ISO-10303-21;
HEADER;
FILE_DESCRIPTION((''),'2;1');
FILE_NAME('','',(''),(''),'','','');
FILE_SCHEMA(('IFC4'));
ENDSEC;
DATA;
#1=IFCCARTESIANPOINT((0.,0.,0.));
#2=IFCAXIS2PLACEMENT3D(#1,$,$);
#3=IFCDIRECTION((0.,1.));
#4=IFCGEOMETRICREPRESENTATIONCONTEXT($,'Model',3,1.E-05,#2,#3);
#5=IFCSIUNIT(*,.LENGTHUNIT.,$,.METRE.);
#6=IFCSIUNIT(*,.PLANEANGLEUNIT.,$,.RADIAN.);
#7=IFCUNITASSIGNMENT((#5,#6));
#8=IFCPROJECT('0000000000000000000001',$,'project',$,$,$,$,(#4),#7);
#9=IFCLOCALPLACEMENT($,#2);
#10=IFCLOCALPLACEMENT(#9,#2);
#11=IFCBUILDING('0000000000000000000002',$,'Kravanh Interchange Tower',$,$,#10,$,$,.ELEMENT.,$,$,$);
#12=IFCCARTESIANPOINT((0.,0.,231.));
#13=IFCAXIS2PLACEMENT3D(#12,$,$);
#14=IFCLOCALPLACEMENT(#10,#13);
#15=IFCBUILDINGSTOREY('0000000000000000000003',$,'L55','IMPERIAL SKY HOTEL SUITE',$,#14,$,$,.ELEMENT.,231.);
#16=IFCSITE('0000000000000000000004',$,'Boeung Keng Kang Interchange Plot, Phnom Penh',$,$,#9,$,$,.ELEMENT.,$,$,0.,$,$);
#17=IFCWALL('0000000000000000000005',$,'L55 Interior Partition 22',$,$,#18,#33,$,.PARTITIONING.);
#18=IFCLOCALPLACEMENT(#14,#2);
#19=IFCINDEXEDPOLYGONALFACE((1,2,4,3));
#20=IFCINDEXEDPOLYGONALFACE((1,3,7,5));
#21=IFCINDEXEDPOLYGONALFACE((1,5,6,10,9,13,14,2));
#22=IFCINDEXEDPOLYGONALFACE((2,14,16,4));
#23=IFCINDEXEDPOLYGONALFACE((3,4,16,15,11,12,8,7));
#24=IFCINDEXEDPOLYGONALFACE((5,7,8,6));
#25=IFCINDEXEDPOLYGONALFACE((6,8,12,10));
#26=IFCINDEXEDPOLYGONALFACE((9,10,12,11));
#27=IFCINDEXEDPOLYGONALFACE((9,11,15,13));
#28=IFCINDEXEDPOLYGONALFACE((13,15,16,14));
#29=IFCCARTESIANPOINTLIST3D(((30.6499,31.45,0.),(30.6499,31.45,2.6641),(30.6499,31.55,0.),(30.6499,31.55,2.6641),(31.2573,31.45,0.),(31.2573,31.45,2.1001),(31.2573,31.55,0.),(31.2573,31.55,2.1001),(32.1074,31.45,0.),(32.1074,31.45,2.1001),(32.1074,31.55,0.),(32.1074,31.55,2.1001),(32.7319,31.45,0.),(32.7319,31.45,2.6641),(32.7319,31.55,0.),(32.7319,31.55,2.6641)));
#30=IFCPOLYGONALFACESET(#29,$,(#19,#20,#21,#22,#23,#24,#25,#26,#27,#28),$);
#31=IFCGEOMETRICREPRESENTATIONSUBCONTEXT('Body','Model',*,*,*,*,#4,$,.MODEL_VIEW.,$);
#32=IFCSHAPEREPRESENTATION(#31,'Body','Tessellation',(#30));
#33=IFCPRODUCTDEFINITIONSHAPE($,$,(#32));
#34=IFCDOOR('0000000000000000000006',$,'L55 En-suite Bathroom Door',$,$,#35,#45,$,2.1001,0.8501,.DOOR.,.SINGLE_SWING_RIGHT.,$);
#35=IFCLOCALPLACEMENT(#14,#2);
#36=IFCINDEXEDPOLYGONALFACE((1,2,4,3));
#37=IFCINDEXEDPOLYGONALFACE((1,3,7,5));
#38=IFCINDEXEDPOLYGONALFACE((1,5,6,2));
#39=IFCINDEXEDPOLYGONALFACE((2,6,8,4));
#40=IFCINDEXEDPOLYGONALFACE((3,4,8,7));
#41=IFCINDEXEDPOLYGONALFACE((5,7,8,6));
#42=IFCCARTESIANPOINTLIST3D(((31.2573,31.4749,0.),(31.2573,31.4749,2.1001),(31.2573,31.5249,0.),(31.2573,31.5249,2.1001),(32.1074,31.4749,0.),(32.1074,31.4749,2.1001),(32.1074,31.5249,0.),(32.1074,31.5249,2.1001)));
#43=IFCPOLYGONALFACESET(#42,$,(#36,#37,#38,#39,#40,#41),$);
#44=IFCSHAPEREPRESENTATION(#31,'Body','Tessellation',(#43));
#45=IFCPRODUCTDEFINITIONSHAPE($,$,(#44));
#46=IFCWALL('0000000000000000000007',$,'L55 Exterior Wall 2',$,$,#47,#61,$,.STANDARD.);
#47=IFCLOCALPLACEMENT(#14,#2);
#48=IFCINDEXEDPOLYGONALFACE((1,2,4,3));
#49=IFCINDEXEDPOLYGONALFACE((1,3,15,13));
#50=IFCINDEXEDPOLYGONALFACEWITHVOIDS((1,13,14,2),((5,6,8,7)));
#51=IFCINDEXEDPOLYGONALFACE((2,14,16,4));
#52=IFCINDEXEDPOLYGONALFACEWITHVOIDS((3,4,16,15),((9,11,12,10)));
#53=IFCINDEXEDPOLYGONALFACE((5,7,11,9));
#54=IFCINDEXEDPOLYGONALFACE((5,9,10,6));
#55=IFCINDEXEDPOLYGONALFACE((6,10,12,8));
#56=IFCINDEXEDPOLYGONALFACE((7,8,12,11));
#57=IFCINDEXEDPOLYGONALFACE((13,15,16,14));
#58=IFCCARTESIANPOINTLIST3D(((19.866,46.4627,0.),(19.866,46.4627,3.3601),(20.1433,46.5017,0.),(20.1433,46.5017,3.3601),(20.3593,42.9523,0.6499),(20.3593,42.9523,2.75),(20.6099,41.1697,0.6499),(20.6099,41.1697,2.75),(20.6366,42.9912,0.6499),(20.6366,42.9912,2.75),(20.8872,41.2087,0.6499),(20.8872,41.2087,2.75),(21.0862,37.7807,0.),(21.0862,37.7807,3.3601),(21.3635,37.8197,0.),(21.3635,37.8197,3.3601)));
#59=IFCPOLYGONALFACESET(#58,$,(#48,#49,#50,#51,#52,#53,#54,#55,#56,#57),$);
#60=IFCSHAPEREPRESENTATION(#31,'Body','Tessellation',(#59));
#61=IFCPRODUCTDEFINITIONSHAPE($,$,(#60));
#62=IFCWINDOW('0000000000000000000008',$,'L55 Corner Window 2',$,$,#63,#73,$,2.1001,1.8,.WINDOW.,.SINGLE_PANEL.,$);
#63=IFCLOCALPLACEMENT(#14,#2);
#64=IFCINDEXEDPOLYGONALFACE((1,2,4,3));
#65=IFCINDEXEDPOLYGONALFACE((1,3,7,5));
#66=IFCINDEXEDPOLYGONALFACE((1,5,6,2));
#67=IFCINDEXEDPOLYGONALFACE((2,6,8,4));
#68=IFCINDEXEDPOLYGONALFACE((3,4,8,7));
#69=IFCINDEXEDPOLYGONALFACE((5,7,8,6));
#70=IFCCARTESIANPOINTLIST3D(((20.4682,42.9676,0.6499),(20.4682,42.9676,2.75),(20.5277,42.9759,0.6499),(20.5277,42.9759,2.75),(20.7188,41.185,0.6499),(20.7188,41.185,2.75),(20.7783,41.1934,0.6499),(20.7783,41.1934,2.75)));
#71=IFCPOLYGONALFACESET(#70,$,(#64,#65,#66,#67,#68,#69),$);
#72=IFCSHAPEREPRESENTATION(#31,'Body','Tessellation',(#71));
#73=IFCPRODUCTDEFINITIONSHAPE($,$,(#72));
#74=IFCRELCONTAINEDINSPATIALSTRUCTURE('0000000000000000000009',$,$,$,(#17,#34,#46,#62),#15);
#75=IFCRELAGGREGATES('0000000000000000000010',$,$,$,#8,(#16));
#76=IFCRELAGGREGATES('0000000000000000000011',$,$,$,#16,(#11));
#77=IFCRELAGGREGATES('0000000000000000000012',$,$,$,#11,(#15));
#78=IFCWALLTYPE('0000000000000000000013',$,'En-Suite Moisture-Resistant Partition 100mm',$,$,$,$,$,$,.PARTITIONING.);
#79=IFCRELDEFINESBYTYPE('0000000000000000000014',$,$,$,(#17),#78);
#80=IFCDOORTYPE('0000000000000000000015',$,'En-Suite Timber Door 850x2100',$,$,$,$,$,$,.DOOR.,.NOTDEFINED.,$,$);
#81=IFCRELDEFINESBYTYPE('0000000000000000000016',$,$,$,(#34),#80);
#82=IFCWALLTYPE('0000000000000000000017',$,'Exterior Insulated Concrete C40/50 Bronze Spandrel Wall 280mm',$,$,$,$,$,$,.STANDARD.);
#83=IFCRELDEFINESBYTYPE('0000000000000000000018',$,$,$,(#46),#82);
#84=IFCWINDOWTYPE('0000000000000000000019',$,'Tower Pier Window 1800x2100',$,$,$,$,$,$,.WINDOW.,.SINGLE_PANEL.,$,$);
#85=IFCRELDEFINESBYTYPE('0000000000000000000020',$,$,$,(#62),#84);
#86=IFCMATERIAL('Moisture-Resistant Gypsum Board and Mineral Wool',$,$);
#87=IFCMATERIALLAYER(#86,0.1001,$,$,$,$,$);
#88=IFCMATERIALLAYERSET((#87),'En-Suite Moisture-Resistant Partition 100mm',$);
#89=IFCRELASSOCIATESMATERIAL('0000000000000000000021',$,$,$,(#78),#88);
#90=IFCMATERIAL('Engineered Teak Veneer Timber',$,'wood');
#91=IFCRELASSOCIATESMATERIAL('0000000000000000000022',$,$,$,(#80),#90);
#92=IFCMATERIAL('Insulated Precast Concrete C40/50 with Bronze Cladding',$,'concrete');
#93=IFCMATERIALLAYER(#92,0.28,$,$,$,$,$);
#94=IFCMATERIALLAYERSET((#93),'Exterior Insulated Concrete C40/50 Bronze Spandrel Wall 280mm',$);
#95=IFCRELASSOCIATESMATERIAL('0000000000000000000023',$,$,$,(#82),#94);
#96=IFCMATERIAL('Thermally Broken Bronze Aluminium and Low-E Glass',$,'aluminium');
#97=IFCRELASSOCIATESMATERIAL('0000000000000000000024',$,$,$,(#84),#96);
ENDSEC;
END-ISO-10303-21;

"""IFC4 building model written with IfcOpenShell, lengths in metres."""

from ifc_helpers import new_model, si_unit, direction, frame, frame_2d, origin, place, context, subcontext, project, spatial, rectangle, extrude, material, layer, layer_set, type_object, element, fill, save


model = new_model("IFC4")

# Units and contexts
model_context = context("Model", 3, precision=1e-05, world=origin(), true_north=direction((0.0, 1.0)))
body_context = subcontext(model_context, "Body", "Model", "MODEL_VIEW")
ifc_project = project(units=[si_unit("LENGTHUNIT", "METRE"), si_unit("PLANEANGLEUNIT", "RADIAN")], contexts=[model_context])

# Site, building, storey
site_placement = place(None, origin())
site = spatial("IfcSite", under=ifc_project, at=site_placement, Name="Boeung Keng Kang Interchange Plot, Phnom Penh", CompositionType="ELEMENT", RefElevation=0.0)
building_placement = place(site_placement, origin())
building = spatial("IfcBuilding", under=site, at=building_placement, Name="Kravanh Interchange Tower", CompositionType="ELEMENT")
storey_placement = place(building_placement, frame((0.0, 0.0, 231.0)))
storey = spatial("IfcBuildingStorey", under=building, at=storey_placement, Name="L55", Description="IMPERIAL SKY HOTEL SUITE", CompositionType="ELEMENT", Elevation=231.0)

# Shared definitions
ifc_material_1 = material(Name="Moisture-Resistant Gypsum Board and Mineral Wool")
ifc_layer_1 = layer(ifc_material_1, 0.1001)
ifc_layer_set_1 = layer_set([ifc_layer_1], Name="En-Suite Moisture-Resistant Partition 100mm")
wall_type_1 = type_object("IfcWallType", Name="En-Suite Moisture-Resistant Partition 100mm", PredefinedType="PARTITIONING", material=ifc_layer_set_1)

# Wall, opening, door
wall_1_placement = place(storey_placement, frame((30.6499, 31.5, 0.0), z_axis=(0.0, 0.0, 1.0), x_axis=(1.0, 0.0, 0.0)))
wall_1 = element("IfcWall", 1, at=wall_1_placement, inside=storey, type_object=wall_type_1, Name="L55 Interior Partition 22", PredefinedType="PARTITIONING", context=body_context, shape_type="SweptSolid", body=[
    extrude(rectangle(XDim=2.082, YDim=0.1001, at=frame_2d((1.041, 0.0))), origin(), (0.0, 0.0, 1.0), 2.6641),
])
opening_1_placement = place(wall_1_placement, frame((0.6074, 0.0, 0.0)))
opening_1 = element("IfcOpeningElement", 2, at=opening_1_placement, cuts=wall_1, PredefinedType="OPENING", context=body_context, shape_type="SweptSolid", body=[
    extrude(rectangle(XDim=0.8501, YDim=2.1001, at=frame_2d((0.425, 1.05))), frame((0.0, 0.0601, 0.0), z_axis=(0.0, -1.0, 0.0), x_axis=(1.0, 0.0, 0.0)), (0.0, 0.0, 1.0), 0.1201),
])
ifc_material_2 = material(Name="Engineered Teak Veneer Timber", Category="wood")
door_type_1 = type_object("IfcDoorType", Name="En-Suite Timber Door 850x2100", OperationType="NOTDEFINED", PredefinedType="DOOR", material=ifc_material_2)
door_1_placement = place(opening_1_placement, origin())
door_1 = element("IfcDoor", 3, at=door_1_placement, inside=storey, type_object=door_type_1, Name="L55 En-suite Bathroom Door", OperationType="SINGLE_SWING_RIGHT", OverallHeight=2.1001, OverallWidth=0.8501, PredefinedType="DOOR", context=body_context, shape_type="SweptSolid", body=[
    extrude(rectangle(XDim=0.8501, YDim=2.1001, at=frame_2d((0.425, 1.05))), frame((0.0, 0.0249, 0.0), z_axis=(0.0, -1.0, 0.0), x_axis=(1.0, 0.0, 0.0)), (0.0, 0.0, 1.0), 0.05),
])
fill(opening_1, door_1)

# Wall, opening, window
ifc_material_3 = material(Name="Insulated Precast Concrete C40/50 with Bronze Cladding", Category="concrete")
ifc_layer_2 = layer(ifc_material_3, 0.28)
ifc_layer_set_2 = layer_set([ifc_layer_2], Name="Exterior Insulated Concrete C40/50 Bronze Spandrel Wall 280mm")
wall_type_2 = type_object("IfcWallType", Name="Exterior Insulated Concrete C40/50 Bronze Spandrel Wall 280mm", PredefinedType="STANDARD", material=ifc_layer_set_2)
wall_2_placement = place(storey_placement, frame((21.2249, 37.8, 0.0), z_axis=(0.0, 0.0, 1.0), x_axis=(-0.139179, 0.990267, 0.0)))
wall_2 = element("IfcWall", 4, at=wall_2_placement, inside=storey, type_object=wall_type_2, Name="L55 Exterior Wall 2", PredefinedType="STANDARD", context=body_context, shape_type="SweptSolid", body=[
    extrude(rectangle(XDim=8.7673, YDim=0.28, at=frame_2d((4.3838, 0.0))), origin(), (0.0, 0.0, 1.0), 3.3601),
])
opening_2_placement = place(wall_2_placement, frame((3.4226, 0.0, 0.6499)))
opening_2 = element("IfcOpeningElement", 5, at=opening_2_placement, cuts=wall_2, PredefinedType="OPENING", context=body_context, shape_type="SweptSolid", body=[
    extrude(rectangle(XDim=1.8, YDim=2.1001, at=frame_2d((0.8999, 1.05))), frame((0.0, 0.1499, 0.0), z_axis=(0.0, -1.0, 0.0), x_axis=(1.0, 0.0, 0.0)), (0.0, 0.0, 1.0), 0.3),
])
ifc_material_4 = material(Name="Thermally Broken Bronze Aluminium and Low-E Glass", Category="aluminium")
window_type = type_object("IfcWindowType", Name="Tower Pier Window 1800x2100", PartitioningType="SINGLE_PANEL", PredefinedType="WINDOW", material=ifc_material_4)
window_placement = place(opening_2_placement, origin())
window = element("IfcWindow", 6, at=window_placement, inside=storey, type_object=window_type, Name="L55 Corner Window 2", OverallHeight=2.1001, OverallWidth=1.8, PartitioningType="SINGLE_PANEL", PredefinedType="WINDOW", context=body_context, shape_type="SweptSolid", body=[
    extrude(rectangle(XDim=1.8, YDim=2.1001, at=frame_2d((0.8999, 1.05))), frame((0.0, 0.03, 0.0), z_axis=(0.0, -1.0, 0.0), x_axis=(1.0, 0.0, 0.0)), (0.0, 0.0, 1.0), 0.0601),
])
fill(opening_2, window)

save(model, "model.ifc")
